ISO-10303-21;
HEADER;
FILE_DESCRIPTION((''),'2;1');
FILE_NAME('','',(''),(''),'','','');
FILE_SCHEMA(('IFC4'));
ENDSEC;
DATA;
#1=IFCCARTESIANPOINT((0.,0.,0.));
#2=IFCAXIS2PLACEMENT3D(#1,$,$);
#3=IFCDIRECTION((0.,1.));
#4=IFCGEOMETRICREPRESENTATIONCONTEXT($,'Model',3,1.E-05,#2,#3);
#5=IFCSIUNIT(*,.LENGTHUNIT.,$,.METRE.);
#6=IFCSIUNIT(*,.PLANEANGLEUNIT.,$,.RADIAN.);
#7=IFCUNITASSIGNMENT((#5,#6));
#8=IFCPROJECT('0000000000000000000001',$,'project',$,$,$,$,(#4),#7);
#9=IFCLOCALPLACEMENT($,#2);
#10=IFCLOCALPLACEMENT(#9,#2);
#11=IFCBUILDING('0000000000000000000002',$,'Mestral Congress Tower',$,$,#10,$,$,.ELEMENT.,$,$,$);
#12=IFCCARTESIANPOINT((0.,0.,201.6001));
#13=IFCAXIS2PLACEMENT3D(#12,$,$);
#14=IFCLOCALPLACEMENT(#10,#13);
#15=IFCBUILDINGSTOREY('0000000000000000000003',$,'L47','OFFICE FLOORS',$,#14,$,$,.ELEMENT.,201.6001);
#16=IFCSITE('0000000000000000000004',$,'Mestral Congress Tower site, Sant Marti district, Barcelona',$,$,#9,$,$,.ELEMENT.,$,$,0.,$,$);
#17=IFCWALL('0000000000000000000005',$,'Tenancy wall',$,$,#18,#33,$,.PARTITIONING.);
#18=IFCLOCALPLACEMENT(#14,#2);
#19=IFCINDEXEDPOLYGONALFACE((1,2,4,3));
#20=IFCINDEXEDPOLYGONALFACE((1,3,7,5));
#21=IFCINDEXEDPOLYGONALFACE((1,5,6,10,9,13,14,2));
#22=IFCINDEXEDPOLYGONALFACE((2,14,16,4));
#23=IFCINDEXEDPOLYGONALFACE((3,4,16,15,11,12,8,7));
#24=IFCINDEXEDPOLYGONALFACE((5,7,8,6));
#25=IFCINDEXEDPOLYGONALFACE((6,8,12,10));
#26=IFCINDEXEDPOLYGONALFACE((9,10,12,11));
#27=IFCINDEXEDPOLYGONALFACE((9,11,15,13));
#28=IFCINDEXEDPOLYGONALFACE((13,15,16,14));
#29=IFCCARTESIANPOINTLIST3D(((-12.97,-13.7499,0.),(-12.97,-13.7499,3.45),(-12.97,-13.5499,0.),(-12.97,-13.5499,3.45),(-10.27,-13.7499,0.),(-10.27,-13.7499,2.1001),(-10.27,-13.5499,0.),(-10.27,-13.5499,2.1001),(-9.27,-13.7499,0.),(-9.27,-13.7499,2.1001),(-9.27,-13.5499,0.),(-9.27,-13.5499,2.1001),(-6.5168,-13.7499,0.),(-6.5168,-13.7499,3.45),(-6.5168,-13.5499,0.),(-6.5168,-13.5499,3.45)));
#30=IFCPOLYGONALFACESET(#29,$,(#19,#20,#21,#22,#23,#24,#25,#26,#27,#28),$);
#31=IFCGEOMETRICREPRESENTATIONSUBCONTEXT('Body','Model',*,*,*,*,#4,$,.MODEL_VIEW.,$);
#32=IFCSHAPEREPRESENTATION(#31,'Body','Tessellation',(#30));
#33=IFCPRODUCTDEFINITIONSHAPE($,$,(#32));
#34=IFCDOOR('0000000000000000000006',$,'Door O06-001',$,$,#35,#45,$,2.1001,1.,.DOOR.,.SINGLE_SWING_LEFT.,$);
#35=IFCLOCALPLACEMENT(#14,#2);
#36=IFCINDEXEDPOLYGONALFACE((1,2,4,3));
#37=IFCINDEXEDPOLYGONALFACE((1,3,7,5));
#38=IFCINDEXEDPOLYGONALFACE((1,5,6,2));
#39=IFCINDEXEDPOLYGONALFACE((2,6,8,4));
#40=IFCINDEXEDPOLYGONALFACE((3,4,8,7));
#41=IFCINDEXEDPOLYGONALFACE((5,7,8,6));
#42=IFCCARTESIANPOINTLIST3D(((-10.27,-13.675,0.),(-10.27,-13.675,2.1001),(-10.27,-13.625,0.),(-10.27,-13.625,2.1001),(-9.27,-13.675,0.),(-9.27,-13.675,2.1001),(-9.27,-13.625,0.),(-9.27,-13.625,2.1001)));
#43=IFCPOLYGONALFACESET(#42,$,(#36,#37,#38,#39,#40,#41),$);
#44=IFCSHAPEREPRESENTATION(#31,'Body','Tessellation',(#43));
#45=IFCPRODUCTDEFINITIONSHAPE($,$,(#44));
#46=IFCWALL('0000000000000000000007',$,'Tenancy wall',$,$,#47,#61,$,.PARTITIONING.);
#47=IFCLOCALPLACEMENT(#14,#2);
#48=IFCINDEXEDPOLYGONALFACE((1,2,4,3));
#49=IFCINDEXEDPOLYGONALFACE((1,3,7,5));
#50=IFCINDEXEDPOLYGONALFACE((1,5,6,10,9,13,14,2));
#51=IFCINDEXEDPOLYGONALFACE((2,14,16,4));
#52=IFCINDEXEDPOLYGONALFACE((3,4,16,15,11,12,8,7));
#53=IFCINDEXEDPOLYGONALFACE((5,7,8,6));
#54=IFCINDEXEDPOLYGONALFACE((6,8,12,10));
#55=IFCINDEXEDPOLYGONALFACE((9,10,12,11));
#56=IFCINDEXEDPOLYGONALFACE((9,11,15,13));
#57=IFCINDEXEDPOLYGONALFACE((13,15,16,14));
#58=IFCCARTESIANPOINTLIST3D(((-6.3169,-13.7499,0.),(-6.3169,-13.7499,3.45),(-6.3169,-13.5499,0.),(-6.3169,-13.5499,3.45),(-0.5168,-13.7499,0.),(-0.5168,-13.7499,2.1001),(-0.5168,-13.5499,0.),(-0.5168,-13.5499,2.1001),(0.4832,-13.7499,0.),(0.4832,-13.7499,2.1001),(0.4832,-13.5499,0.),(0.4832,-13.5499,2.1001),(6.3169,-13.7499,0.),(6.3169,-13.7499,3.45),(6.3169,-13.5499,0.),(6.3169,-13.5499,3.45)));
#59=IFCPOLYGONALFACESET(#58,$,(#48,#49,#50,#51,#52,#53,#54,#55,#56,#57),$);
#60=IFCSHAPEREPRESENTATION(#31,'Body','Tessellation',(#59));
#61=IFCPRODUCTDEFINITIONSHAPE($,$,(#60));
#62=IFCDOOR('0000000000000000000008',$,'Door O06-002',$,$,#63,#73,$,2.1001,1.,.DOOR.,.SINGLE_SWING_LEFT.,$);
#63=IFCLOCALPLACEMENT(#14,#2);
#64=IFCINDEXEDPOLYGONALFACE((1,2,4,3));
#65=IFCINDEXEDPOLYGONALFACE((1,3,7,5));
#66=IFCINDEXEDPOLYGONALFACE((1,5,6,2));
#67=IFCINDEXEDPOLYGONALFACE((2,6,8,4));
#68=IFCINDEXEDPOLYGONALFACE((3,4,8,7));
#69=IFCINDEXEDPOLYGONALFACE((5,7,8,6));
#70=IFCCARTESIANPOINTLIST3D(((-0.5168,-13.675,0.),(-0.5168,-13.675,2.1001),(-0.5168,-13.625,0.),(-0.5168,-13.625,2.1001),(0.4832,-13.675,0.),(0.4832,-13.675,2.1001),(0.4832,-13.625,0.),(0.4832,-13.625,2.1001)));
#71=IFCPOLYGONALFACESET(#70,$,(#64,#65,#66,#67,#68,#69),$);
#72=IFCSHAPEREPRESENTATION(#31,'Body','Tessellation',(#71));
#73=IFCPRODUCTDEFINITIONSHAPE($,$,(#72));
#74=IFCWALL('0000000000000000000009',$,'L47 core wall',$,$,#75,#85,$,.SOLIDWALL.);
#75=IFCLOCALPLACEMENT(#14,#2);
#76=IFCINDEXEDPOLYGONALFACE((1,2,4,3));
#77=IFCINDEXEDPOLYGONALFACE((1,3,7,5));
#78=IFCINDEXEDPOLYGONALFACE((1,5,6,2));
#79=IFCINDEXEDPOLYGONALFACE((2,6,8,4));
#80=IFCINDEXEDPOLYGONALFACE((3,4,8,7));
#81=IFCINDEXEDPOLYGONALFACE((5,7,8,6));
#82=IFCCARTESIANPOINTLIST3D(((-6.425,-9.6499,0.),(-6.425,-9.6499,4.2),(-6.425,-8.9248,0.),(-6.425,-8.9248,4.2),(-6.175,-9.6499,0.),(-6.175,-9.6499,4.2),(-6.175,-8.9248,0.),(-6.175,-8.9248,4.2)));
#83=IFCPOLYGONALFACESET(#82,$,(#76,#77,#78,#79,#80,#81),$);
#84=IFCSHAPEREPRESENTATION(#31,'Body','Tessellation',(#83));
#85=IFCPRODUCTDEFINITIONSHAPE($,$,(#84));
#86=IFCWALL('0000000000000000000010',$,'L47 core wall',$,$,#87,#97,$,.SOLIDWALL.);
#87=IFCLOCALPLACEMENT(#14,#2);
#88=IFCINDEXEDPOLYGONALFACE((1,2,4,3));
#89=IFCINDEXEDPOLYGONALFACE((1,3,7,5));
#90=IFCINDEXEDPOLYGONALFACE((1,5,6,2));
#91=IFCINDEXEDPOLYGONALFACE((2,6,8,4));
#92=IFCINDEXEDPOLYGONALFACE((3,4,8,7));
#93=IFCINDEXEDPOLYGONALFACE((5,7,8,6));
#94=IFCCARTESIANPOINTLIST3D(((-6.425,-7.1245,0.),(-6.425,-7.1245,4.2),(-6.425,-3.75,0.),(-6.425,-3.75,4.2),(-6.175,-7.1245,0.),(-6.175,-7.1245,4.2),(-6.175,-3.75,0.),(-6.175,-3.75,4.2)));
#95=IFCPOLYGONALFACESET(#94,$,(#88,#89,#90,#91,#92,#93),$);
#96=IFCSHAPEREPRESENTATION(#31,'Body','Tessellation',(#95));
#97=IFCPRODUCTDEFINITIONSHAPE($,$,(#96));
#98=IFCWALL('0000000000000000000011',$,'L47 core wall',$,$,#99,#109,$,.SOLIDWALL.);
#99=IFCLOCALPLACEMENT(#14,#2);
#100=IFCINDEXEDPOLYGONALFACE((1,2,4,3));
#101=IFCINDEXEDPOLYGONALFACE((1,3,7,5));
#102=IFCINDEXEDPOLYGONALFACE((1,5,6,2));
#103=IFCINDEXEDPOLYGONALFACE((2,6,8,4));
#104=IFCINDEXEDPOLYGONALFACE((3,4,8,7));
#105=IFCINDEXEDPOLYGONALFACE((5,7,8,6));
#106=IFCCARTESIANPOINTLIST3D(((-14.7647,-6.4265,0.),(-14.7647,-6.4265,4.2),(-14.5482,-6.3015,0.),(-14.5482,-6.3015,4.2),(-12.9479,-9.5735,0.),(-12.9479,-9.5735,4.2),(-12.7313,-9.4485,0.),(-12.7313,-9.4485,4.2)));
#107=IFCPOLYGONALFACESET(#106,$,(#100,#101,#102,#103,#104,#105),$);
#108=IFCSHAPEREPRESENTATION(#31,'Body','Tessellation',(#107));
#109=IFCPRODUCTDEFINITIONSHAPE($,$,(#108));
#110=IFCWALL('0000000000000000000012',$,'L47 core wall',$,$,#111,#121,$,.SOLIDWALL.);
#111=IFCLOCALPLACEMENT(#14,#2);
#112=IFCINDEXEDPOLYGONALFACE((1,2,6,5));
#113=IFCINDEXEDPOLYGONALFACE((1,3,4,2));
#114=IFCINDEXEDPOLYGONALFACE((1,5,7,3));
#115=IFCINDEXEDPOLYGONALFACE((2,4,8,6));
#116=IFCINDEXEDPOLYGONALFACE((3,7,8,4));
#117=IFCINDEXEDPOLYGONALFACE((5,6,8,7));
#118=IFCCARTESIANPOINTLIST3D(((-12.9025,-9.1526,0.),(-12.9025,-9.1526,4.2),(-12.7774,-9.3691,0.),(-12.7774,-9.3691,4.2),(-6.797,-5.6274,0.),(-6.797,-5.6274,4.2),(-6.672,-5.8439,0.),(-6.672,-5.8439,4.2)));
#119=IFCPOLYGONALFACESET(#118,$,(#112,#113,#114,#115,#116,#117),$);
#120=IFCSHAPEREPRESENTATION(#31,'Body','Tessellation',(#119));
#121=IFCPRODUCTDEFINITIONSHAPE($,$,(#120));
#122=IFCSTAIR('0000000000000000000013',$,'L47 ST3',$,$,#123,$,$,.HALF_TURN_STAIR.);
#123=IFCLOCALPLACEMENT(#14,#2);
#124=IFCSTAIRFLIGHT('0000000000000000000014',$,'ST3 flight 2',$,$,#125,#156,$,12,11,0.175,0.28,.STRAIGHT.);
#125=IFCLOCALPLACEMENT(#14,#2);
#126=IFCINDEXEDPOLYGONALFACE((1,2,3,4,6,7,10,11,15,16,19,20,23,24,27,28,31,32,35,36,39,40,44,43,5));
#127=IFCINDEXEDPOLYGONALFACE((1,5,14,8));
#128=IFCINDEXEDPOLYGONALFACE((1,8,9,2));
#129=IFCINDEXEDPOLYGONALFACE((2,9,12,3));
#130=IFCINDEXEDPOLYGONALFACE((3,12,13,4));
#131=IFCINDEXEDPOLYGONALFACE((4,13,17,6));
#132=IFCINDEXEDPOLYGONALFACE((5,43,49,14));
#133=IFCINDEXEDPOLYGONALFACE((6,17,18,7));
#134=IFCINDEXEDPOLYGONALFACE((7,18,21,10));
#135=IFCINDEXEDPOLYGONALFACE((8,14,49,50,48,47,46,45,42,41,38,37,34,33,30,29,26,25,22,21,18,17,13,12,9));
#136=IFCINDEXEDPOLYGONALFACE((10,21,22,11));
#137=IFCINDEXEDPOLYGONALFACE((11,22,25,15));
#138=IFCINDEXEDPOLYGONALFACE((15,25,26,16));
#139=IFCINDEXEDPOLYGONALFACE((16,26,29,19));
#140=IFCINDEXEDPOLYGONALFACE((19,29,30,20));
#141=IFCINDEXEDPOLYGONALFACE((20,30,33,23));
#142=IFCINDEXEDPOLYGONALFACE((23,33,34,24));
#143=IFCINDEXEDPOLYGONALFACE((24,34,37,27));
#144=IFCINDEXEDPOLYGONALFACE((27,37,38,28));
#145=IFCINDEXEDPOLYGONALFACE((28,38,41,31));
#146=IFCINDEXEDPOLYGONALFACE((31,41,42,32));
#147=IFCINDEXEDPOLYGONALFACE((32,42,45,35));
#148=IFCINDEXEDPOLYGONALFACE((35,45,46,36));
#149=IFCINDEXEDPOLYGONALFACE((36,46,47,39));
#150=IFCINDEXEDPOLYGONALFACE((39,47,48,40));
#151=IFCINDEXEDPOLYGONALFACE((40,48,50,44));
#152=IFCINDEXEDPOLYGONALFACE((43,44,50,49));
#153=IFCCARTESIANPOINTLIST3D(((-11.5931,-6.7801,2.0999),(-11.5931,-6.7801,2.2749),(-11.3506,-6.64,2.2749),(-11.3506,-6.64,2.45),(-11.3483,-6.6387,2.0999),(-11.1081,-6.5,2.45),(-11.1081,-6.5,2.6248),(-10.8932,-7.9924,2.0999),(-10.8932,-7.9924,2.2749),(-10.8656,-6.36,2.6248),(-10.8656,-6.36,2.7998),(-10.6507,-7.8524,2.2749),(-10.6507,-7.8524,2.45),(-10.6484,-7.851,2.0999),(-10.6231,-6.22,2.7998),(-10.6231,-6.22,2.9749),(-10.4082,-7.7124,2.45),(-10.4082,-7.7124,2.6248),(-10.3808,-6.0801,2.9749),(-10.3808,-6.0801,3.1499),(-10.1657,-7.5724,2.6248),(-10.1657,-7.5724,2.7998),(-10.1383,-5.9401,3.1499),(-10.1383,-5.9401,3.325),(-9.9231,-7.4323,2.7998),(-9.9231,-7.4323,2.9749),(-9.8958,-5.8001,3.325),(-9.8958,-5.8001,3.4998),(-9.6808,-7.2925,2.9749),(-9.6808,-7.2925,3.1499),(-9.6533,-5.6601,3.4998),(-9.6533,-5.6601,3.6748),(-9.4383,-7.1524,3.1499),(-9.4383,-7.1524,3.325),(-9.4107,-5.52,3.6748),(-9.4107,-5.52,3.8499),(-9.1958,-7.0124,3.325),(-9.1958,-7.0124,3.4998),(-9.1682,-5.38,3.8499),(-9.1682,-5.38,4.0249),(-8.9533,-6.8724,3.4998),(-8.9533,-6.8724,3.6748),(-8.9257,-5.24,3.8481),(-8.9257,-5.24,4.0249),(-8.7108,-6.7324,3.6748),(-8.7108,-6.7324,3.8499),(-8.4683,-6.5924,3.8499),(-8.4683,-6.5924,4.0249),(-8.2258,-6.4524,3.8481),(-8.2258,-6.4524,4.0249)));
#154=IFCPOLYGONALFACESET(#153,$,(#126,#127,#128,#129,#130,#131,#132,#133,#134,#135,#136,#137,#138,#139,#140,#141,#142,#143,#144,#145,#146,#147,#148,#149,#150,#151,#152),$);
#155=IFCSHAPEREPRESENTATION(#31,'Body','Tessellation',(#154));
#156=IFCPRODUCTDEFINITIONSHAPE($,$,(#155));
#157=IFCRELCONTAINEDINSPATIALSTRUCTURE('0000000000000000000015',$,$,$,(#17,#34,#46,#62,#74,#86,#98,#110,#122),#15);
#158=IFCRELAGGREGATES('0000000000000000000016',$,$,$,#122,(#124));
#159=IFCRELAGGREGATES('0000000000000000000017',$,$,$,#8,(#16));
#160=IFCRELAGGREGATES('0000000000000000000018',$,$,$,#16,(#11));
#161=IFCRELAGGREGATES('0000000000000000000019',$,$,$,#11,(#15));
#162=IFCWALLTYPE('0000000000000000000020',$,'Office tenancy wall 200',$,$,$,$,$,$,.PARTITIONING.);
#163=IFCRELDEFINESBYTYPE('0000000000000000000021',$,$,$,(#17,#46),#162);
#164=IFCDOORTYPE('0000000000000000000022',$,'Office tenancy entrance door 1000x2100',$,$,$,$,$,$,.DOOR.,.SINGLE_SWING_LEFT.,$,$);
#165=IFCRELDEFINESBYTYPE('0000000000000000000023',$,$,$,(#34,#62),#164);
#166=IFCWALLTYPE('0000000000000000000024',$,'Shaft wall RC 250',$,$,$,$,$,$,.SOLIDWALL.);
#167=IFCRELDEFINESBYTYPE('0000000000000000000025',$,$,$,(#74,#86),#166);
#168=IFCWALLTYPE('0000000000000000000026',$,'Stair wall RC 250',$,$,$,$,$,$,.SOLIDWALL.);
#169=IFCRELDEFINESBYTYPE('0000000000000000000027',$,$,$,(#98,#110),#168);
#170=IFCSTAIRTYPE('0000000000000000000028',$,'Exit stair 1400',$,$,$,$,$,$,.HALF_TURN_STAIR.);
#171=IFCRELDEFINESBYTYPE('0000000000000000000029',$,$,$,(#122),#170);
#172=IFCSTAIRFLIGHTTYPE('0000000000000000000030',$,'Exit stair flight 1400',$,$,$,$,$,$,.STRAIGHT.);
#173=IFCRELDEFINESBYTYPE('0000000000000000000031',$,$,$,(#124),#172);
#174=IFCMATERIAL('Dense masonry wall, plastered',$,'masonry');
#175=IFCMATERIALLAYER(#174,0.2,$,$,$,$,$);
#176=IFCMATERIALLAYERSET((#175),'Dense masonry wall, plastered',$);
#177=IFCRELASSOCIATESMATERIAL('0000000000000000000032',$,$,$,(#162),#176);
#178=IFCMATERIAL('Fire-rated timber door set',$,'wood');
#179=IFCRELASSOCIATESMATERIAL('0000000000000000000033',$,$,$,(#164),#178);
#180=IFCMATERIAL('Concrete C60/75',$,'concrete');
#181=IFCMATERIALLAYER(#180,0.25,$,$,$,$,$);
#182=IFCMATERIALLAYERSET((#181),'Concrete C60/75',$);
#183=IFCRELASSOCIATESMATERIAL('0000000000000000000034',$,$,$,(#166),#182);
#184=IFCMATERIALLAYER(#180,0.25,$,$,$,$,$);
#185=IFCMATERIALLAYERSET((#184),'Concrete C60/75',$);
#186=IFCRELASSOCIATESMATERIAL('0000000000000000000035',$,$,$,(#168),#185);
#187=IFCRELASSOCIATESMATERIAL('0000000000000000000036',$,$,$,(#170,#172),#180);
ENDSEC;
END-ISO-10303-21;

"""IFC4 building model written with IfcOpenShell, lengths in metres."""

from ifc_helpers import new_model, si_unit, direction, frame, frame_2d, origin, place, context, subcontext, project, spatial, polyline, rectangle, outline, extrude, material, layer, layer_set, type_object, element, fill, aggregate, save


model = new_model("IFC4")

# Units and contexts
model_context = context("Model", 3, precision=1e-05, world=origin(), true_north=direction((0.0, 1.0)))
body_context = subcontext(model_context, "Body", "Model", "MODEL_VIEW")
ifc_project = project(units=[si_unit("LENGTHUNIT", "METRE"), si_unit("PLANEANGLEUNIT", "RADIAN")], contexts=[model_context])

# Site, building, storey
site_placement = place(None, origin())
site = spatial("IfcSite", under=ifc_project, at=site_placement, Name="Mestral Congress Tower site, Sant Marti district, Barcelona", CompositionType="ELEMENT", RefElevation=0.0)
building_placement = place(site_placement, origin())
building = spatial("IfcBuilding", under=site, at=building_placement, Name="Mestral Congress Tower", CompositionType="ELEMENT")
storey_placement = place(building_placement, frame((0.0, 0.0, 201.6001)))
storey = spatial("IfcBuildingStorey", under=building, at=storey_placement, Name="L47", Description="OFFICE FLOORS", CompositionType="ELEMENT", Elevation=201.6001)

# Shared definitions
ifc_material_1 = material(Name="Concrete C60/75", Category="concrete")

# Shared definitions
ifc_material_2 = material(Name="Dense masonry wall, plastered", Category="masonry")
ifc_layer_1 = layer(ifc_material_2, 0.2)
ifc_layer_set_1 = layer_set([ifc_layer_1], Name="Dense masonry wall, plastered")
wall_type_1 = type_object("IfcWallType", Name="Office tenancy wall 200", PredefinedType="PARTITIONING", material=ifc_layer_set_1)

# Walls, openings, doors
wall_1_placement = place(storey_placement, frame((-12.97, -13.6499, 0.0), z_axis=(0.0, 0.0, 1.0), x_axis=(1.0, 0.0, 0.0)))
wall_1 = element("IfcWall", 1, at=wall_1_placement, inside=storey, type_object=wall_type_1, Name="Tenancy wall", PredefinedType="PARTITIONING", context=body_context, shape_type="SweptSolid", body=[
    extrude(rectangle(XDim=6.4531, YDim=0.2, at=frame_2d((3.2266, 0.0))), origin(), (0.0, 0.0, 1.0), 3.45),
])
opening_1_placement = place(wall_1_placement, frame((2.7, 0.0, 0.0)))
opening_1 = element("IfcOpeningElement", 2, at=opening_1_placement, cuts=wall_1, PredefinedType="OPENING", context=body_context, shape_type="SweptSolid", body=[
    extrude(rectangle(XDim=1.0, YDim=2.1001, at=frame_2d((0.5, 1.05))), frame((0.0, 0.1099, 0.0), z_axis=(0.0, -1.0, 0.0), x_axis=(1.0, 0.0, 0.0)), (0.0, 0.0, 1.0), 0.22),
])
ifc_material_3 = material(Name="Fire-rated timber door set", Category="wood")
door_type = type_object("IfcDoorType", Name="Office tenancy entrance door 1000x2100", OperationType="SINGLE_SWING_LEFT", PredefinedType="DOOR", material=ifc_material_3)
door_1_placement = place(opening_1_placement, origin())
door_1 = element("IfcDoor", 3, at=door_1_placement, inside=storey, type_object=door_type, Name="Door O06-001", OperationType="SINGLE_SWING_LEFT", OverallHeight=2.1001, OverallWidth=1.0, PredefinedType="DOOR", context=body_context, shape_type="SweptSolid", body=[
    extrude(rectangle(XDim=1.0, YDim=2.1001, at=frame_2d((0.5, 1.05))), frame((0.0, 0.0249, 0.0), z_axis=(0.0, -1.0, 0.0), x_axis=(1.0, 0.0, 0.0)), (0.0, 0.0, 1.0), 0.05),
])
fill(opening_1, door_1)
wall_2_placement = place(storey_placement, frame((-6.3169, -13.6499, 0.0), z_axis=(0.0, 0.0, 1.0), x_axis=(1.0, 0.0, 0.0)))
wall_2 = element("IfcWall", 4, at=wall_2_placement, inside=storey, type_object=wall_type_1, Name="Tenancy wall", PredefinedType="PARTITIONING", context=body_context, shape_type="SweptSolid", body=[
    extrude(rectangle(XDim=12.6338, YDim=0.2, at=frame_2d((6.3169, 0.0))), origin(), (0.0, 0.0, 1.0), 3.45),
])
opening_2_placement = place(wall_2_placement, frame((5.8, 0.0, 0.0)))
opening_2 = element("IfcOpeningElement", 5, at=opening_2_placement, cuts=wall_2, PredefinedType="OPENING", context=body_context, shape_type="SweptSolid", body=[
    extrude(rectangle(XDim=1.0, YDim=2.1001, at=frame_2d((0.5, 1.05))), frame((0.0, 0.1099, 0.0), z_axis=(0.0, -1.0, 0.0), x_axis=(1.0, 0.0, 0.0)), (0.0, 0.0, 1.0), 0.22),
])
door_2_placement = place(opening_2_placement, origin())
door_2 = element("IfcDoor", 6, at=door_2_placement, inside=storey, type_object=door_type, Name="Door O06-002", OperationType="SINGLE_SWING_LEFT", OverallHeight=2.1001, OverallWidth=1.0, PredefinedType="DOOR", context=body_context, shape_type="SweptSolid", body=[
    extrude(rectangle(XDim=1.0, YDim=2.1001, at=frame_2d((0.5, 1.05))), frame((0.0, 0.0249, 0.0), z_axis=(0.0, -1.0, 0.0), x_axis=(1.0, 0.0, 0.0)), (0.0, 0.0, 1.0), 0.05),
])
fill(opening_2, door_2)

# Walls
ifc_layer_2 = layer(ifc_material_1, 0.25)
ifc_layer_set_2 = layer_set([ifc_layer_2], Name="Concrete C60/75")
wall_type_2 = type_object("IfcWallType", Name="Shaft wall RC 250", PredefinedType="SOLIDWALL", material=ifc_layer_set_2)
wall_3_placement = place(storey_placement, frame((-6.3, -8.9248, 0.0), z_axis=(0.0, 0.0, 1.0), x_axis=(0.0, -1.0, 0.0)))
element("IfcWall", 7, at=wall_3_placement, inside=storey, type_object=wall_type_2, Name="L47 core wall", PredefinedType="SOLIDWALL", context=body_context, shape_type="SweptSolid", body=[
    extrude(rectangle(XDim=0.7251, YDim=0.25, at=frame_2d((0.3625, 0.0))), origin(), (0.0, 0.0, 1.0), 4.2),
])
wall_4_placement = place(storey_placement, frame((-6.3, -7.1245, 0.0), z_axis=(0.0, 0.0, 1.0), x_axis=(0.0, 1.0, 0.0)))
element("IfcWall", 8, at=wall_4_placement, inside=storey, type_object=wall_type_2, Name="L47 core wall", PredefinedType="SOLIDWALL", context=body_context, shape_type="SweptSolid", body=[
    extrude(rectangle(XDim=3.3745, YDim=0.25, at=frame_2d((1.6873, 0.0))), origin(), (0.0, 0.0, 1.0), 4.2),
])
ifc_layer_3 = layer(ifc_material_1, 0.25)
ifc_layer_set_3 = layer_set([ifc_layer_3], Name="Concrete C60/75")
wall_type_3 = type_object("IfcWallType", Name="Stair wall RC 250", PredefinedType="SOLIDWALL", material=ifc_layer_set_3)
wall_5_placement = place(storey_placement, frame((-12.8396, -9.511, 0.0), z_axis=(0.0, 0.0, 1.0), x_axis=(-0.499998, 0.866027, 0.0)))
element("IfcWall", 9, at=wall_5_placement, inside=storey, type_object=wall_type_3, Name="L47 core wall", PredefinedType="SOLIDWALL", context=body_context, shape_type="SweptSolid", body=[
    extrude(rectangle(XDim=3.6338, YDim=0.25, at=frame_2d((1.8169, 0.0))), origin(), (0.0, 0.0, 1.0), 4.2),
])
wall_6_placement = place(storey_placement, frame((-12.8398, -9.2607, 0.0), z_axis=(0.0, 0.0, 1.0), x_axis=(0.866016, 0.500016, 0.0)))
element("IfcWall", 10, at=wall_6_placement, inside=storey, type_object=wall_type_3, Name="L47 core wall", PredefinedType="SOLIDWALL", context=body_context, shape_type="SweptSolid", body=[
    extrude(rectangle(XDim=7.05, YDim=0.25, at=frame_2d((3.5249, 0.0))), origin(), (0.0, 0.0, 1.0), 4.2),
])

# Stair, stair flight
stair_type = type_object("IfcStairType", Name="Exit stair 1400", PredefinedType="HALF_TURN_STAIR", material=ifc_material_1)
stair_placement = place(storey_placement, origin())
stair = element("IfcStair", 11, at=stair_placement, inside=storey, type_object=stair_type, Name="L47 ST3", PredefinedType="HALF_TURN_STAIR")
stair_flight_type = type_object("IfcStairFlightType", Name="Exit stair flight 1400", PredefinedType="STRAIGHT", material=ifc_material_1)
stair_flight_placement = place(storey_placement, frame((-11.2432, -7.3862, 2.0999), z_axis=(0.0, 0.0, 1.0), x_axis=(0.866025, 0.5, 0.0)))
stair_flight = element("IfcStairFlight", 12, at=stair_flight_placement, type_object=stair_flight_type, Name="ST3 flight 2", NumberOfRisers=12, NumberOfTreads=11, PredefinedType="STRAIGHT", RiserHeight=0.175, TreadLength=0.28, context=body_context, shape_type="SweptSolid", body=[
    extrude(outline(polyline([(0.0, 0.0), (0.0, 0.175), (0.28, 0.175), (0.28, 0.3501), (0.5601, 0.3501), (0.5601, 0.5249), (0.8401, 0.5249), (0.8401, 0.7), (1.1201, 0.7), (1.1201, 0.875), (1.3999, 0.875), (1.3999, 1.05), (1.6799, 1.05), (1.6799, 1.2251), (1.96, 1.2251), (1.96, 1.3999), (2.24, 1.3999), (2.24, 1.575), (2.52, 1.575), (2.52, 1.75), (2.8, 1.75), (2.8, 1.925), (3.0801, 1.925), (3.0801, 2.1001), (3.0801, 1.7483), (0.2827, 0.0), (0.0, 0.0)])), frame((0.0, 0.7, 0.0), z_axis=(0.0, -1.0, 0.0), x_axis=(1.0, 0.0, 0.0)), (0.0, 0.0, 1.0), 1.3999),
])
aggregate(stair, [stair_flight])

save(model, "model.ifc")
